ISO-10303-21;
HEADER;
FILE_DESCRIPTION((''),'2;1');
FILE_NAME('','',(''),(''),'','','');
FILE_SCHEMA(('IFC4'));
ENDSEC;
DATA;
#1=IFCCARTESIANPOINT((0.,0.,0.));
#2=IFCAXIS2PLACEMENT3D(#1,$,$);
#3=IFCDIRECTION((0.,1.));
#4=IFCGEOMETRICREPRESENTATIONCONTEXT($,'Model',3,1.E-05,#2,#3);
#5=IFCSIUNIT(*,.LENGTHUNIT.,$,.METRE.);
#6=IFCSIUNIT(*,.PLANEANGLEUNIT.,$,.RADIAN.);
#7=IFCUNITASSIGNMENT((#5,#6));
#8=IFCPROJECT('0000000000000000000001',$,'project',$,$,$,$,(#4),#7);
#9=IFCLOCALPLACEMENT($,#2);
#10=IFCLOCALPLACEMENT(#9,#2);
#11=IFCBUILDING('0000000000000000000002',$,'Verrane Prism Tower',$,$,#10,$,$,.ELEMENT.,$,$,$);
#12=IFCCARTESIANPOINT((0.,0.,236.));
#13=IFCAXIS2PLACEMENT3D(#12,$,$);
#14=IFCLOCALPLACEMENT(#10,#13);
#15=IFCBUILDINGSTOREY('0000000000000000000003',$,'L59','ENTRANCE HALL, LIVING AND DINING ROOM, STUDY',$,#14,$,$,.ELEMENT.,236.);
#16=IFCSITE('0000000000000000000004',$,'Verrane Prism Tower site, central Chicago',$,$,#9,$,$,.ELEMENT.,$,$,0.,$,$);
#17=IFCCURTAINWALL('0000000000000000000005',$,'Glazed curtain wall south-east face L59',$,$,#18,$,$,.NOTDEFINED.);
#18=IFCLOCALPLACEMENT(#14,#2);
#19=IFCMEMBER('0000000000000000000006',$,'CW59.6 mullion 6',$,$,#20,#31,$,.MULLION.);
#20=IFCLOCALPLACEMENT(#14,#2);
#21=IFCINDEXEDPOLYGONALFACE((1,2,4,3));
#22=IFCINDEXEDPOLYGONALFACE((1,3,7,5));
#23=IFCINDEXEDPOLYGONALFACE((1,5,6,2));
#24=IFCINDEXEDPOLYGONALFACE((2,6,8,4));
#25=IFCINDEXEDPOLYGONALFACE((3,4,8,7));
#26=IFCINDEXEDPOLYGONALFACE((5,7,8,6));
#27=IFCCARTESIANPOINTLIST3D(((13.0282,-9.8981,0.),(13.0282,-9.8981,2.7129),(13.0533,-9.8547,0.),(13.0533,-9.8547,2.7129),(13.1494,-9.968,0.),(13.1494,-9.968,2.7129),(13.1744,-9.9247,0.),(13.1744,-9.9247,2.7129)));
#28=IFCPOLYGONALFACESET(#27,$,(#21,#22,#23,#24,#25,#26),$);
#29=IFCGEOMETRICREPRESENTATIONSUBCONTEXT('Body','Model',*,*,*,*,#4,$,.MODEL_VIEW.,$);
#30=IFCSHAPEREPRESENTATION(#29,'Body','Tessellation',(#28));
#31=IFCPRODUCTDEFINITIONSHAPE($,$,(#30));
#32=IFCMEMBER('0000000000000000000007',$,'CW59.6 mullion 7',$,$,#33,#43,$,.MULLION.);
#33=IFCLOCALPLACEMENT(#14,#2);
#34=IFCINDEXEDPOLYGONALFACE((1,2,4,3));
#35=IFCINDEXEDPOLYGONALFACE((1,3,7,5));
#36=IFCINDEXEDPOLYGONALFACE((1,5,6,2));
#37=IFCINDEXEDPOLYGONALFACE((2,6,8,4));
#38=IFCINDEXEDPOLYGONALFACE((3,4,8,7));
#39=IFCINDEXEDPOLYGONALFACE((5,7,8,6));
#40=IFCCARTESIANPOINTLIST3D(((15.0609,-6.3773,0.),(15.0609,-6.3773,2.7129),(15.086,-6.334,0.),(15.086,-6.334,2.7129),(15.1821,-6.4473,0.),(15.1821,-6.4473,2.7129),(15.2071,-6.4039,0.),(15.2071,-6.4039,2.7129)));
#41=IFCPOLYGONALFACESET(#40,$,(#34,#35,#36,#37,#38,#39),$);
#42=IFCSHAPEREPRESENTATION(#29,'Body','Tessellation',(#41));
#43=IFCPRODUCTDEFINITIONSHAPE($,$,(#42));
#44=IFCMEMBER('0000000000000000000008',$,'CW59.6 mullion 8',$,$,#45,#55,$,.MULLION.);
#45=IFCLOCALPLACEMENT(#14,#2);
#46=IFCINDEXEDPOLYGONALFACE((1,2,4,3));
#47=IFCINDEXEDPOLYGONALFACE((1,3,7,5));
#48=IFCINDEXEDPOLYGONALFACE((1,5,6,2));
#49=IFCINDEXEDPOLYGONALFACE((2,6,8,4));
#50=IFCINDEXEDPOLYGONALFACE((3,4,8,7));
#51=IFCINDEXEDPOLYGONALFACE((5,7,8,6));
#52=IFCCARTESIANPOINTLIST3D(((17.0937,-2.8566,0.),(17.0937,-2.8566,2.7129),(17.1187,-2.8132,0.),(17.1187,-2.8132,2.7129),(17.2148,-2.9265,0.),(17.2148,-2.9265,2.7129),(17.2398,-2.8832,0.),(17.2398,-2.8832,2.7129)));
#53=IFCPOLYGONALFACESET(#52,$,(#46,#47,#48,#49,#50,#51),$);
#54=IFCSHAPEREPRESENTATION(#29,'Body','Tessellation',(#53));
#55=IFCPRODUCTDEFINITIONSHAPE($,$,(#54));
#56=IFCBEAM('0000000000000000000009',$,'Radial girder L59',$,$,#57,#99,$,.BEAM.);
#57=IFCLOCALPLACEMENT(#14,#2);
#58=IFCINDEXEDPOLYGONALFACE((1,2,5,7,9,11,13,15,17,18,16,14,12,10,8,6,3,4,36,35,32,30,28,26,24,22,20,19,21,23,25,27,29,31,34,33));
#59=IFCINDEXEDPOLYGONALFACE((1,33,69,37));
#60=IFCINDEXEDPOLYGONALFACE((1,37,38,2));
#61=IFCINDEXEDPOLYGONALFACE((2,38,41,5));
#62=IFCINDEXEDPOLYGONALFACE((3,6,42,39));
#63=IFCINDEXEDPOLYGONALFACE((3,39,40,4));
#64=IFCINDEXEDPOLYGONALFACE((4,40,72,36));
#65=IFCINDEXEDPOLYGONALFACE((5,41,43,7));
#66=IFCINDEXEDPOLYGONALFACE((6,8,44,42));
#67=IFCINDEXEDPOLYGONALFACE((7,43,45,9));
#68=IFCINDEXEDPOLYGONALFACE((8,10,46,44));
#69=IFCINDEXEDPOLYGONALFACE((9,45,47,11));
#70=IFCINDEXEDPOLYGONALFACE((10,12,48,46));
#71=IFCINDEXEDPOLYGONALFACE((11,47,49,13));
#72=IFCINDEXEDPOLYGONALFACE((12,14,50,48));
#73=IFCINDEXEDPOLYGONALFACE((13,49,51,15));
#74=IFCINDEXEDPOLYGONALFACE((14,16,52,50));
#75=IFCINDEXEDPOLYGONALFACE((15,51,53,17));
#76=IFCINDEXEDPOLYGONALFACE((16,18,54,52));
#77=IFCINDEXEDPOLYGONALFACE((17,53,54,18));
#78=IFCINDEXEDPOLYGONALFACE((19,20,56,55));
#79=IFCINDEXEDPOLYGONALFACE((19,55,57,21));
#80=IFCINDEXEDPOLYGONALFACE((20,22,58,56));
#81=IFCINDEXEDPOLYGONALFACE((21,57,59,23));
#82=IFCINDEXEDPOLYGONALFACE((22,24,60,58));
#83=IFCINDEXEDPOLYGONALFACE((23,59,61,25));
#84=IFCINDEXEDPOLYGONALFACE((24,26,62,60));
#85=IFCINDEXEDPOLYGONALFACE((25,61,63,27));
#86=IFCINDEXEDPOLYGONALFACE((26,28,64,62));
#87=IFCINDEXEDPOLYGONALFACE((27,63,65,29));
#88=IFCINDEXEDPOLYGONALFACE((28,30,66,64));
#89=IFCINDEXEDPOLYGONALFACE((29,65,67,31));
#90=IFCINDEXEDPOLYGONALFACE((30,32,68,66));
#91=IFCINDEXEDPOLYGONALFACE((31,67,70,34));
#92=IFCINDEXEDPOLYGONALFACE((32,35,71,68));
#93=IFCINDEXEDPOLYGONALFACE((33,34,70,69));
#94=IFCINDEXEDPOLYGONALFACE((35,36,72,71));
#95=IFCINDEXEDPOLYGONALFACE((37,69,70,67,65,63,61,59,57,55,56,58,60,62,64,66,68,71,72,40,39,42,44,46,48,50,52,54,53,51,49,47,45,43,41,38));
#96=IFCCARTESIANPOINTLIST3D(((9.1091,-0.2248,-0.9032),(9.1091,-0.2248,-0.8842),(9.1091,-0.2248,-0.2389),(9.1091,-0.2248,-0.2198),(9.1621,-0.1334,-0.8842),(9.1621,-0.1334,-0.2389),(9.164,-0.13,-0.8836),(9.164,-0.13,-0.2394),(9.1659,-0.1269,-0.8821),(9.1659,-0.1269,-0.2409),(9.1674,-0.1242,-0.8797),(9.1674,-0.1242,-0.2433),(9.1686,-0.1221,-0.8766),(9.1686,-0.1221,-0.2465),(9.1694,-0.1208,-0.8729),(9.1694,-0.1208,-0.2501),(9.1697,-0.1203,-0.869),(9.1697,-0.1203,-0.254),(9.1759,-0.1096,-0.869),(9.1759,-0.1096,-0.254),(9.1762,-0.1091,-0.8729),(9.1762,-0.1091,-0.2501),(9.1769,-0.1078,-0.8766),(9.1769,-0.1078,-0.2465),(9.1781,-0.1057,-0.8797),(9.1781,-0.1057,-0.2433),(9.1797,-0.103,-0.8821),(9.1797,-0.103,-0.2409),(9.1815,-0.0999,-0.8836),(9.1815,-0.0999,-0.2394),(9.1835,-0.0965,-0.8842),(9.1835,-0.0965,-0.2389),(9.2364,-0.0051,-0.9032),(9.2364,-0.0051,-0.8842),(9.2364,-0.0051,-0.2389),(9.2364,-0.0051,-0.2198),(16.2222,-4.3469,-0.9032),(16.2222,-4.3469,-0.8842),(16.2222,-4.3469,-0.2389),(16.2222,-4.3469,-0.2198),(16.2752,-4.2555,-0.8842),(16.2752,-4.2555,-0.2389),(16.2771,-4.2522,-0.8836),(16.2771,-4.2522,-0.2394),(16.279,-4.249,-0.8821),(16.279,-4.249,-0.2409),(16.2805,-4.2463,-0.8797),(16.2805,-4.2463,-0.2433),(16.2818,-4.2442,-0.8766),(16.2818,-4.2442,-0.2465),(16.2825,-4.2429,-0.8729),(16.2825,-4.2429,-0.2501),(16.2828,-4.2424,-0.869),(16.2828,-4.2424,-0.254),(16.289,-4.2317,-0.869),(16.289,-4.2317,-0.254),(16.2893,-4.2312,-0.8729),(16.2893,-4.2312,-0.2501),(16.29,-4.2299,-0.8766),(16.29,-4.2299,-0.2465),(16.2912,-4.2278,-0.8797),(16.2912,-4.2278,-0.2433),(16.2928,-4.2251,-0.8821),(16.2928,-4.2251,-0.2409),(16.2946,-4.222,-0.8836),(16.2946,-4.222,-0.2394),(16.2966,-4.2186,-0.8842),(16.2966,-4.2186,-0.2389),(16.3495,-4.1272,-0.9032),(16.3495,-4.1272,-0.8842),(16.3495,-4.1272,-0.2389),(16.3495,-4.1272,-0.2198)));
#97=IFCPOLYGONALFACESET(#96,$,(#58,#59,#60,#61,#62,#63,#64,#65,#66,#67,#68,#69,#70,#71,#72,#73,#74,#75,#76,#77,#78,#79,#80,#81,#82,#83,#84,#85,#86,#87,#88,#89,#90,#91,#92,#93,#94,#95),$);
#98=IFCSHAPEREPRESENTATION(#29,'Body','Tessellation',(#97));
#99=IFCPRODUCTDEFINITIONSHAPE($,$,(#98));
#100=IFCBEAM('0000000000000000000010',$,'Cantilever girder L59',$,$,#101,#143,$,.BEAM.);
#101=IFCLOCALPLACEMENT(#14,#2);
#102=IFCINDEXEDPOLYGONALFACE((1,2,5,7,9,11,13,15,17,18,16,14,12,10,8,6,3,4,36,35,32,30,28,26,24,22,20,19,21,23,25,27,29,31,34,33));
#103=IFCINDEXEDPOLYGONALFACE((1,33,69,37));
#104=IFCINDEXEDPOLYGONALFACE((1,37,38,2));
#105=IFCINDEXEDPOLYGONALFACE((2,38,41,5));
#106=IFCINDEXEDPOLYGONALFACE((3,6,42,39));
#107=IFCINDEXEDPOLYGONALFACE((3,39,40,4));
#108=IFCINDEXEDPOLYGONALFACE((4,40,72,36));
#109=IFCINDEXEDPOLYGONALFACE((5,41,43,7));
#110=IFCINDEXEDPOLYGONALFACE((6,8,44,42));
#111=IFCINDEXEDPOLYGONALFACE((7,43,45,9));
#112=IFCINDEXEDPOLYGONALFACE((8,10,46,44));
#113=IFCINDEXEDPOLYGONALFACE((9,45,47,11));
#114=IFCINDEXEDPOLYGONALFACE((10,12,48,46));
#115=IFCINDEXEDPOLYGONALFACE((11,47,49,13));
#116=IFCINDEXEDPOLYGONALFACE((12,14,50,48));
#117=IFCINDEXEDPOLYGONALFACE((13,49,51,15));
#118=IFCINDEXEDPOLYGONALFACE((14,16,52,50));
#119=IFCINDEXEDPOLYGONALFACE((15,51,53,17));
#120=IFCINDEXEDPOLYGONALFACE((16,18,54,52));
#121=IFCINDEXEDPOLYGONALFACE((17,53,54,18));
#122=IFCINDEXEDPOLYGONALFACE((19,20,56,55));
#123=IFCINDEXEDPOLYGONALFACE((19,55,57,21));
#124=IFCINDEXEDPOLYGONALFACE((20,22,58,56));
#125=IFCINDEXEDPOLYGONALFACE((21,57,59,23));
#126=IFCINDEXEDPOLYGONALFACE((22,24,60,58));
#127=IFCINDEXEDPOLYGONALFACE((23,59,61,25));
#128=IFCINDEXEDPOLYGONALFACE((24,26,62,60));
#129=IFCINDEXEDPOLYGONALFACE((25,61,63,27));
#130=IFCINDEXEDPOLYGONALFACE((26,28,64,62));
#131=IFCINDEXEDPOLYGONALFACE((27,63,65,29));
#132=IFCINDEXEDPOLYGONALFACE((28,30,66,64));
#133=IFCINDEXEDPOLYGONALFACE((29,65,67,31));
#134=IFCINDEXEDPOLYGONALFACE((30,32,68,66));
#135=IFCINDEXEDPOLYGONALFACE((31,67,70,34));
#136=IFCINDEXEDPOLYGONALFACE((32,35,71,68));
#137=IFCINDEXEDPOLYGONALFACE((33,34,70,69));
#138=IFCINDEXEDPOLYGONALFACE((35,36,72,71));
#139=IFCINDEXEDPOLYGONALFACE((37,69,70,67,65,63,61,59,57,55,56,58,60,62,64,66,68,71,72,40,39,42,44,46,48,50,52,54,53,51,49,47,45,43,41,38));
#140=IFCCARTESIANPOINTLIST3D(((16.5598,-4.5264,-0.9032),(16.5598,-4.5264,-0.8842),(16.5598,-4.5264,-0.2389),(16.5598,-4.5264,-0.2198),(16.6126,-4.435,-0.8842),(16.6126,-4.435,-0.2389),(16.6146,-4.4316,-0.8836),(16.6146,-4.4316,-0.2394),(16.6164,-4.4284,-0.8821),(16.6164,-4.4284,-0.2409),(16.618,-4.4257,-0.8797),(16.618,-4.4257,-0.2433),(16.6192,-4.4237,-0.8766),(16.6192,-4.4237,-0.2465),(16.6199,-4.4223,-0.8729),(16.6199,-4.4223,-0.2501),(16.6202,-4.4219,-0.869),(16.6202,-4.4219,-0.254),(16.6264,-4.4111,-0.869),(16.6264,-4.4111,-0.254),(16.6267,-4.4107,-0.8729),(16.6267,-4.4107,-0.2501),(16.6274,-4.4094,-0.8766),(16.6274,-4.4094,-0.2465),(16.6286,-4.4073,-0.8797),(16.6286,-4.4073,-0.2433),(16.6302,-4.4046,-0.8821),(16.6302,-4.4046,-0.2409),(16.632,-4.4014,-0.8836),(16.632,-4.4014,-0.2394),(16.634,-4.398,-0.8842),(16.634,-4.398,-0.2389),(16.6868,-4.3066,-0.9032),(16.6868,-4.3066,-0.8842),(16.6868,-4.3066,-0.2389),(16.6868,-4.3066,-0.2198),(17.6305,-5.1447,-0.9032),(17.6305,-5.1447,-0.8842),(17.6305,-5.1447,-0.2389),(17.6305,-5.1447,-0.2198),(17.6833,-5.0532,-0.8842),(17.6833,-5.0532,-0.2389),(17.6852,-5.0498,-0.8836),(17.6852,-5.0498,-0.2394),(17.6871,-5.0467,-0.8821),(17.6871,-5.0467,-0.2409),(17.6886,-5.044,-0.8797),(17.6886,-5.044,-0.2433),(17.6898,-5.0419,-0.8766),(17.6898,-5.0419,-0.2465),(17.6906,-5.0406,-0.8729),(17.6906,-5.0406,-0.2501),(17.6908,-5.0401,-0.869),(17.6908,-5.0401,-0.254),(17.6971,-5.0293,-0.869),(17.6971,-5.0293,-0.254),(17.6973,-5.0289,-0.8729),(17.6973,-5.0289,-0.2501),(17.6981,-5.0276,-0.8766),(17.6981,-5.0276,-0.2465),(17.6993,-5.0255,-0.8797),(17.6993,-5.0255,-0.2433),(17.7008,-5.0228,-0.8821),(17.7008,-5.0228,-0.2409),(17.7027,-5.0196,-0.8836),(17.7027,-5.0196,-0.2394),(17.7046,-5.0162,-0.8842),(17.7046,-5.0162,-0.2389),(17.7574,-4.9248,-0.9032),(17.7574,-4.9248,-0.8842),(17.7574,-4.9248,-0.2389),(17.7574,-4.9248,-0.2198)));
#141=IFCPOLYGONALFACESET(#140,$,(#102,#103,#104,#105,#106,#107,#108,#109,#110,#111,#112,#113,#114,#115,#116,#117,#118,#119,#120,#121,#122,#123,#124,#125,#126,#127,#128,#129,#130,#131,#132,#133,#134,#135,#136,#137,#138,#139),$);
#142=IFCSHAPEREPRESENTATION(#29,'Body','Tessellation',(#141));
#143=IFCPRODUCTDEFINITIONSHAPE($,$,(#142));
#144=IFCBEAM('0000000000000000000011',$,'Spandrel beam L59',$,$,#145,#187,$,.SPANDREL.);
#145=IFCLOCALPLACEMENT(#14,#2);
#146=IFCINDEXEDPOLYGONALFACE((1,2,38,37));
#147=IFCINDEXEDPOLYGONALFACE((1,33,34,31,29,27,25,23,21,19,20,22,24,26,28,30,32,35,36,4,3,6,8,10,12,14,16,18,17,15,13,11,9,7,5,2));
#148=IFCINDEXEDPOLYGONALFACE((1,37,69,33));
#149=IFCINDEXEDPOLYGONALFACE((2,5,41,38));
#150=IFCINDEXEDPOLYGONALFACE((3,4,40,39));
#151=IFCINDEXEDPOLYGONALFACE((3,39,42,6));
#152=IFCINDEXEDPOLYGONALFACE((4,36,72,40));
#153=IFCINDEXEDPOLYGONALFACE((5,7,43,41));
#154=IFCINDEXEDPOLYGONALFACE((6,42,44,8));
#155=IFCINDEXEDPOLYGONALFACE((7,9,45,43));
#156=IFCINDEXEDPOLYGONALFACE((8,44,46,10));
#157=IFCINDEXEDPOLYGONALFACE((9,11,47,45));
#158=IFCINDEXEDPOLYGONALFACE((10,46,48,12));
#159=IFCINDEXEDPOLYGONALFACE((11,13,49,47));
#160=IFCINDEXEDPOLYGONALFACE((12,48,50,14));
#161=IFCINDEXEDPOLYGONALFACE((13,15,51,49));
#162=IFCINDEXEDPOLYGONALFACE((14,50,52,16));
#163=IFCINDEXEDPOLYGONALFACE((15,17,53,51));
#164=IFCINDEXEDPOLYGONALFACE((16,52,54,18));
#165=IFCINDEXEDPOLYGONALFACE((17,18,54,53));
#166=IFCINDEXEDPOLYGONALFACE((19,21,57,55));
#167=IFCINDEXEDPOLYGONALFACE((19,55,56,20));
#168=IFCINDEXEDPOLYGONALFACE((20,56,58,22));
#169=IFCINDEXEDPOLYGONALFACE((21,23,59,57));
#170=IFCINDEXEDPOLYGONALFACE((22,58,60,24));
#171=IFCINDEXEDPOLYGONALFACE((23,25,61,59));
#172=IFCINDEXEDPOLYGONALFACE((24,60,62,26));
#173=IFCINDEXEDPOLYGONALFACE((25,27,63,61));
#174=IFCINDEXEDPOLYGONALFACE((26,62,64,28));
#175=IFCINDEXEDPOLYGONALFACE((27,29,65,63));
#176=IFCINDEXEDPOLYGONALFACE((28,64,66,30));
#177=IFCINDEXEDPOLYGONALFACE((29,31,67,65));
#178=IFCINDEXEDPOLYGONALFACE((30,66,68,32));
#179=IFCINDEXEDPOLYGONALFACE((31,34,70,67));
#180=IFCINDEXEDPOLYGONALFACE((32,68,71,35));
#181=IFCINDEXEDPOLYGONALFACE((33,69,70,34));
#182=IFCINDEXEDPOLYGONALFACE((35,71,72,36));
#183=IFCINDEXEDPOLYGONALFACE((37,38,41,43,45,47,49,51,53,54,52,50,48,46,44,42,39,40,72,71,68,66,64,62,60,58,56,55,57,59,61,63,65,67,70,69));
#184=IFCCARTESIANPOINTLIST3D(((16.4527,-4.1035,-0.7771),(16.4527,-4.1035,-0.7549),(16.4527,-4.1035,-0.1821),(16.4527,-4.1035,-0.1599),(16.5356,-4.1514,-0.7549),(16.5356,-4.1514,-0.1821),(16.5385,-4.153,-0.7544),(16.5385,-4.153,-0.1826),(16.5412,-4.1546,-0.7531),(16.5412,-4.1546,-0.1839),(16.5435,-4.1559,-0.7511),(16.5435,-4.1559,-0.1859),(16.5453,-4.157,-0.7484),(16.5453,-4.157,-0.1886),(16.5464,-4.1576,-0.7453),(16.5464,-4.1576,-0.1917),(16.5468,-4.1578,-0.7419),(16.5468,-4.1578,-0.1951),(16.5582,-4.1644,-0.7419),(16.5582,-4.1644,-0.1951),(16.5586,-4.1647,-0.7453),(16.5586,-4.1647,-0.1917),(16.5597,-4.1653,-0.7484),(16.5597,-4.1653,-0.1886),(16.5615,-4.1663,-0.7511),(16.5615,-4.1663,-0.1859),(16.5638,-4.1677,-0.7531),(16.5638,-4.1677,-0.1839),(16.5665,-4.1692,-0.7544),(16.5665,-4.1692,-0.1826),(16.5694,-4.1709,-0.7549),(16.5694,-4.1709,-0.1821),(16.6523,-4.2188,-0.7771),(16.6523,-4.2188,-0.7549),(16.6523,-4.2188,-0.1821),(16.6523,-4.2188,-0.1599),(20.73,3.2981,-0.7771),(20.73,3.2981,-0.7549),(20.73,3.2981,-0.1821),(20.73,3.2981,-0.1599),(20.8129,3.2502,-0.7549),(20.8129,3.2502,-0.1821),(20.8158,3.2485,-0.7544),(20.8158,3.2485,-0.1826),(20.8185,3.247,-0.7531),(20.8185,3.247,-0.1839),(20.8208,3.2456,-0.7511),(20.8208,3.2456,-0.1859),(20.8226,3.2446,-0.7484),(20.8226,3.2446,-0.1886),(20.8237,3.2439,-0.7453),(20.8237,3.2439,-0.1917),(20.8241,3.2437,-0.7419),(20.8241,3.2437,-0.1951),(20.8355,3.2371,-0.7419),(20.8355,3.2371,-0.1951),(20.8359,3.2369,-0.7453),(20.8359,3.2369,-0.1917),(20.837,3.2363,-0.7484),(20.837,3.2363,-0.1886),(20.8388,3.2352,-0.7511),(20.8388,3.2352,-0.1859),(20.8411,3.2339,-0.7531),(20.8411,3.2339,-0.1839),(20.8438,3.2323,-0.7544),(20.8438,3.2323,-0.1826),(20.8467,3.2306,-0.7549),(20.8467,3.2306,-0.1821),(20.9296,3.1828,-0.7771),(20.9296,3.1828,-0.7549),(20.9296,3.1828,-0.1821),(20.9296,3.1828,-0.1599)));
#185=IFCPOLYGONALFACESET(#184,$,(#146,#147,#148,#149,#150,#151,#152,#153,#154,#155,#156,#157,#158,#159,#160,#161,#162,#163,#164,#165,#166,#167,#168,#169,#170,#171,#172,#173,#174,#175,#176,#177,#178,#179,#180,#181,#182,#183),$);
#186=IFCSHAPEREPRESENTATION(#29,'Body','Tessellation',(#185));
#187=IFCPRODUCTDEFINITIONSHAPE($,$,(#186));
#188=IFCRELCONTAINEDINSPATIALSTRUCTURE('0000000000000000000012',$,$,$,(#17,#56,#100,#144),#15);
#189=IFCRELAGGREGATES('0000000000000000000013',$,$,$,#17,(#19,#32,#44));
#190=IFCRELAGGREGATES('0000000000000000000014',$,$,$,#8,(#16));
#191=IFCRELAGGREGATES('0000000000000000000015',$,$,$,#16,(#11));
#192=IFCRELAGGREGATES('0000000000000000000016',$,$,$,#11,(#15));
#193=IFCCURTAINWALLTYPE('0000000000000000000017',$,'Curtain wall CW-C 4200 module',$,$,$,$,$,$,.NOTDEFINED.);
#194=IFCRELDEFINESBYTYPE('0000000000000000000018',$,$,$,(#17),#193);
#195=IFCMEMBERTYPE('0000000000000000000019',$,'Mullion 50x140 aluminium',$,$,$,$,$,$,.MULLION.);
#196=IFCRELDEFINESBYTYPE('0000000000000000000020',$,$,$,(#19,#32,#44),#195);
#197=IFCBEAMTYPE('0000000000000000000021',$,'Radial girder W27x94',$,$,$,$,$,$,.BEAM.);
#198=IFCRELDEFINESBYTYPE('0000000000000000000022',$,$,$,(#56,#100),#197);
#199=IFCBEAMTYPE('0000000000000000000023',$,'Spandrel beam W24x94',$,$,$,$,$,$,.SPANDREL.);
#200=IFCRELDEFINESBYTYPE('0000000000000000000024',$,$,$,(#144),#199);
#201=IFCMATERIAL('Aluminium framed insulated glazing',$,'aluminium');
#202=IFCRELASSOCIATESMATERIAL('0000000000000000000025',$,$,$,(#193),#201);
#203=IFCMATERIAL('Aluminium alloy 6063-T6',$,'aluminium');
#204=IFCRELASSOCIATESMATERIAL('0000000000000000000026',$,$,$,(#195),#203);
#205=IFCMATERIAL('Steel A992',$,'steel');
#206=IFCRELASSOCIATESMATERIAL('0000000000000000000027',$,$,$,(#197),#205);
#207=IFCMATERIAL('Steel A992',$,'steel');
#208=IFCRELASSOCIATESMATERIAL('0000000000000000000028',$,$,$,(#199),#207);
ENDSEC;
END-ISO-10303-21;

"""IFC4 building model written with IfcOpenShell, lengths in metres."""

from ifc_helpers import new_model, si_unit, direction, frame, origin, origin_2d, place, context, subcontext, project, spatial, rectangle, i_section, extrude, material, material_profile, profile_set, type_object, element, aggregate, save


model = new_model("IFC4")

# Units and contexts
model_context = context("Model", 3, precision=1e-05, world=origin(), true_north=direction((0.0, 1.0)))
body_context = subcontext(model_context, "Body", "Model", "MODEL_VIEW")
ifc_project = project(units=[si_unit("LENGTHUNIT", "METRE"), si_unit("PLANEANGLEUNIT", "RADIAN")], contexts=[model_context])

# Site, building, storey
site_placement = place(None, origin())
site = spatial("IfcSite", under=ifc_project, at=site_placement, Name="Verrane Prism Tower site, central Chicago", CompositionType="ELEMENT", RefElevation=0.0)
building_placement = place(site_placement, origin())
building = spatial("IfcBuilding", under=site, at=building_placement, Name="Verrane Prism Tower", CompositionType="ELEMENT")
storey_placement = place(building_placement, frame((0.0, 0.0, 236.0)))
storey = spatial("IfcBuildingStorey", under=building, at=storey_placement, Name="L59", Description="ENTRANCE HALL, LIVING AND DINING ROOM, STUDY", CompositionType="ELEMENT", Elevation=236.0)

# Curtain wall, members
ifc_material_1 = material(Name="Aluminium framed insulated glazing", Category="aluminium")
curtain_wall_type = type_object("IfcCurtainWallType", Name="Curtain wall CW-C 4200 module", PredefinedType="NOTDEFINED", material=ifc_material_1)
curtain_wall_placement = place(storey_placement, origin())
curtain_wall = element("IfcCurtainWall", 1, at=curtain_wall_placement, inside=storey, type_object=curtain_wall_type, Name="Glazed curtain wall south-east face L59", PredefinedType="NOTDEFINED")
ifc_material_2 = material(Name="Aluminium alloy 6063-T6", Category="aluminium")
ifc_material_profile_1 = material_profile(ifc_material_2, rectangle(XDim=0.1399, YDim=0.05, at=origin_2d()), Name="Mullion 50x140 aluminium")
ifc_profile_set_1 = profile_set([ifc_material_profile_1], Name="Aluminium alloy 6063-T6")
member_type_1 = type_object("IfcMemberType", Name="Mullion 50x140 aluminium", PredefinedType="MULLION", material=ifc_profile_set_1)
member_1_placement = place(storey_placement, frame((13.1013, -9.9114, 0.0), z_axis=(0.0, 0.0, 1.0), x_axis=(-0.866026, 0.499999, 0.0)))
member_1 = element("IfcMember", 2, at=member_1_placement, type_object=member_type_1, Name="CW59.6 mullion 6", PredefinedType="MULLION", context=body_context, shape_type="SweptSolid", body=[
    extrude(rectangle(XDim=0.1399, YDim=0.05, at=origin_2d()), origin(), (0.0, 0.0, 1.0), 2.7129),
])
member_2_placement = place(storey_placement, frame((15.134, -6.3906, 0.0), z_axis=(0.0, 0.0, 1.0), x_axis=(-0.866026, 0.499999, 0.0)))
member_2 = element("IfcMember", 3, at=member_2_placement, type_object=member_type_1, Name="CW59.6 mullion 7", PredefinedType="MULLION", context=body_context, shape_type="SweptSolid", body=[
    extrude(rectangle(XDim=0.1399, YDim=0.05, at=origin_2d()), origin(), (0.0, 0.0, 1.0), 2.7129),
])
member_3_placement = place(storey_placement, frame((17.1667, -2.8699, 0.0), z_axis=(0.0, 0.0, 1.0), x_axis=(-0.866026, 0.499999, 0.0)))
member_3 = element("IfcMember", 4, at=member_3_placement, type_object=member_type_1, Name="CW59.6 mullion 8", PredefinedType="MULLION", context=body_context, shape_type="SweptSolid", body=[
    extrude(rectangle(XDim=0.1399, YDim=0.05, at=origin_2d()), origin(), (0.0, 0.0, 1.0), 2.7129),
])

# Beams
ifc_material_3 = material(Name="Steel A992", Category="steel")
ifc_material_profile_2 = material_profile(ifc_material_3, i_section(OverallWidth=0.2539, OverallDepth=0.6833, WebThickness=0.0125, FlangeThickness=0.019, FilletRadius=0.0151, at=origin_2d()), Name="W27x94")
ifc_profile_set_2 = profile_set([ifc_material_profile_2], Name="Steel A992")
beam_type_1 = type_object("IfcBeamType", Name="Radial girder W27x94", PredefinedType="BEAM", material=ifc_profile_set_2)
beam_1_placement = place(storey_placement, frame((16.2859, -4.2371, -0.5615), z_axis=(-0.865215, 0.5014, 0.0), x_axis=(-0.5014, -0.865215, 0.0)))
element("IfcBeam", 5, at=beam_1_placement, inside=storey, type_object=beam_type_1, Name="Radial girder L59", PredefinedType="BEAM", context=body_context, shape_type="SweptSolid", body=[
    extrude(i_section(OverallWidth=0.2539, OverallDepth=0.6833, WebThickness=0.0125, FlangeThickness=0.019, FilletRadius=0.0151, at=origin_2d()), origin(), (0.0, 0.0, 1.0), 8.2212),
])
beam_2_placement = place(storey_placement, frame((16.6233, -4.4165, -0.5615), z_axis=(0.865998, -0.500047, 0.0), x_axis=(0.500047, 0.865998, 0.0)))
element("IfcBeam", 6, at=beam_2_placement, inside=storey, type_object=beam_type_1, Name="Cantilever girder L59", PredefinedType="BEAM", context=body_context, shape_type="SweptSolid", body=[
    extrude(i_section(OverallWidth=0.2539, OverallDepth=0.6833, WebThickness=0.0125, FlangeThickness=0.019, FilletRadius=0.0151, at=origin_2d()), origin(), (0.0, 0.0, 1.0), 1.2363),
])
ifc_material_4 = material(Name="Steel A992", Category="steel")
ifc_material_profile_3 = material_profile(ifc_material_4, i_section(OverallWidth=0.2305, OverallDepth=0.6172, WebThickness=0.0132, FlangeThickness=0.0222, FilletRadius=0.0129, at=origin_2d()), Name="W24x94")
ifc_profile_set_3 = profile_set([ifc_material_profile_3], Name="Steel A992")
beam_type_2 = type_object("IfcBeamType", Name="Spandrel beam W24x94", PredefinedType="SPANDREL", material=ifc_profile_set_3)
beam_3_placement = place(storey_placement, frame((16.5525, -4.1611, -0.4685), z_axis=(0.500353, 0.865822, 0.0), x_axis=(-0.865822, 0.500353, 0.0)))
element("IfcBeam", 7, at=beam_3_placement, inside=storey, type_object=beam_type_2, Name="Spandrel beam L59", PredefinedType="SPANDREL", context=body_context, shape_type="SweptSolid", body=[
    extrude(i_section(OverallWidth=0.2305, OverallDepth=0.6172, WebThickness=0.0132, FlangeThickness=0.0222, FilletRadius=0.0129, at=origin_2d()), origin(), (0.0, 0.0, 1.0), 8.5486),
])

aggregate(curtain_wall, [member_1, member_2, member_3])

save(model, "model.ifc")
